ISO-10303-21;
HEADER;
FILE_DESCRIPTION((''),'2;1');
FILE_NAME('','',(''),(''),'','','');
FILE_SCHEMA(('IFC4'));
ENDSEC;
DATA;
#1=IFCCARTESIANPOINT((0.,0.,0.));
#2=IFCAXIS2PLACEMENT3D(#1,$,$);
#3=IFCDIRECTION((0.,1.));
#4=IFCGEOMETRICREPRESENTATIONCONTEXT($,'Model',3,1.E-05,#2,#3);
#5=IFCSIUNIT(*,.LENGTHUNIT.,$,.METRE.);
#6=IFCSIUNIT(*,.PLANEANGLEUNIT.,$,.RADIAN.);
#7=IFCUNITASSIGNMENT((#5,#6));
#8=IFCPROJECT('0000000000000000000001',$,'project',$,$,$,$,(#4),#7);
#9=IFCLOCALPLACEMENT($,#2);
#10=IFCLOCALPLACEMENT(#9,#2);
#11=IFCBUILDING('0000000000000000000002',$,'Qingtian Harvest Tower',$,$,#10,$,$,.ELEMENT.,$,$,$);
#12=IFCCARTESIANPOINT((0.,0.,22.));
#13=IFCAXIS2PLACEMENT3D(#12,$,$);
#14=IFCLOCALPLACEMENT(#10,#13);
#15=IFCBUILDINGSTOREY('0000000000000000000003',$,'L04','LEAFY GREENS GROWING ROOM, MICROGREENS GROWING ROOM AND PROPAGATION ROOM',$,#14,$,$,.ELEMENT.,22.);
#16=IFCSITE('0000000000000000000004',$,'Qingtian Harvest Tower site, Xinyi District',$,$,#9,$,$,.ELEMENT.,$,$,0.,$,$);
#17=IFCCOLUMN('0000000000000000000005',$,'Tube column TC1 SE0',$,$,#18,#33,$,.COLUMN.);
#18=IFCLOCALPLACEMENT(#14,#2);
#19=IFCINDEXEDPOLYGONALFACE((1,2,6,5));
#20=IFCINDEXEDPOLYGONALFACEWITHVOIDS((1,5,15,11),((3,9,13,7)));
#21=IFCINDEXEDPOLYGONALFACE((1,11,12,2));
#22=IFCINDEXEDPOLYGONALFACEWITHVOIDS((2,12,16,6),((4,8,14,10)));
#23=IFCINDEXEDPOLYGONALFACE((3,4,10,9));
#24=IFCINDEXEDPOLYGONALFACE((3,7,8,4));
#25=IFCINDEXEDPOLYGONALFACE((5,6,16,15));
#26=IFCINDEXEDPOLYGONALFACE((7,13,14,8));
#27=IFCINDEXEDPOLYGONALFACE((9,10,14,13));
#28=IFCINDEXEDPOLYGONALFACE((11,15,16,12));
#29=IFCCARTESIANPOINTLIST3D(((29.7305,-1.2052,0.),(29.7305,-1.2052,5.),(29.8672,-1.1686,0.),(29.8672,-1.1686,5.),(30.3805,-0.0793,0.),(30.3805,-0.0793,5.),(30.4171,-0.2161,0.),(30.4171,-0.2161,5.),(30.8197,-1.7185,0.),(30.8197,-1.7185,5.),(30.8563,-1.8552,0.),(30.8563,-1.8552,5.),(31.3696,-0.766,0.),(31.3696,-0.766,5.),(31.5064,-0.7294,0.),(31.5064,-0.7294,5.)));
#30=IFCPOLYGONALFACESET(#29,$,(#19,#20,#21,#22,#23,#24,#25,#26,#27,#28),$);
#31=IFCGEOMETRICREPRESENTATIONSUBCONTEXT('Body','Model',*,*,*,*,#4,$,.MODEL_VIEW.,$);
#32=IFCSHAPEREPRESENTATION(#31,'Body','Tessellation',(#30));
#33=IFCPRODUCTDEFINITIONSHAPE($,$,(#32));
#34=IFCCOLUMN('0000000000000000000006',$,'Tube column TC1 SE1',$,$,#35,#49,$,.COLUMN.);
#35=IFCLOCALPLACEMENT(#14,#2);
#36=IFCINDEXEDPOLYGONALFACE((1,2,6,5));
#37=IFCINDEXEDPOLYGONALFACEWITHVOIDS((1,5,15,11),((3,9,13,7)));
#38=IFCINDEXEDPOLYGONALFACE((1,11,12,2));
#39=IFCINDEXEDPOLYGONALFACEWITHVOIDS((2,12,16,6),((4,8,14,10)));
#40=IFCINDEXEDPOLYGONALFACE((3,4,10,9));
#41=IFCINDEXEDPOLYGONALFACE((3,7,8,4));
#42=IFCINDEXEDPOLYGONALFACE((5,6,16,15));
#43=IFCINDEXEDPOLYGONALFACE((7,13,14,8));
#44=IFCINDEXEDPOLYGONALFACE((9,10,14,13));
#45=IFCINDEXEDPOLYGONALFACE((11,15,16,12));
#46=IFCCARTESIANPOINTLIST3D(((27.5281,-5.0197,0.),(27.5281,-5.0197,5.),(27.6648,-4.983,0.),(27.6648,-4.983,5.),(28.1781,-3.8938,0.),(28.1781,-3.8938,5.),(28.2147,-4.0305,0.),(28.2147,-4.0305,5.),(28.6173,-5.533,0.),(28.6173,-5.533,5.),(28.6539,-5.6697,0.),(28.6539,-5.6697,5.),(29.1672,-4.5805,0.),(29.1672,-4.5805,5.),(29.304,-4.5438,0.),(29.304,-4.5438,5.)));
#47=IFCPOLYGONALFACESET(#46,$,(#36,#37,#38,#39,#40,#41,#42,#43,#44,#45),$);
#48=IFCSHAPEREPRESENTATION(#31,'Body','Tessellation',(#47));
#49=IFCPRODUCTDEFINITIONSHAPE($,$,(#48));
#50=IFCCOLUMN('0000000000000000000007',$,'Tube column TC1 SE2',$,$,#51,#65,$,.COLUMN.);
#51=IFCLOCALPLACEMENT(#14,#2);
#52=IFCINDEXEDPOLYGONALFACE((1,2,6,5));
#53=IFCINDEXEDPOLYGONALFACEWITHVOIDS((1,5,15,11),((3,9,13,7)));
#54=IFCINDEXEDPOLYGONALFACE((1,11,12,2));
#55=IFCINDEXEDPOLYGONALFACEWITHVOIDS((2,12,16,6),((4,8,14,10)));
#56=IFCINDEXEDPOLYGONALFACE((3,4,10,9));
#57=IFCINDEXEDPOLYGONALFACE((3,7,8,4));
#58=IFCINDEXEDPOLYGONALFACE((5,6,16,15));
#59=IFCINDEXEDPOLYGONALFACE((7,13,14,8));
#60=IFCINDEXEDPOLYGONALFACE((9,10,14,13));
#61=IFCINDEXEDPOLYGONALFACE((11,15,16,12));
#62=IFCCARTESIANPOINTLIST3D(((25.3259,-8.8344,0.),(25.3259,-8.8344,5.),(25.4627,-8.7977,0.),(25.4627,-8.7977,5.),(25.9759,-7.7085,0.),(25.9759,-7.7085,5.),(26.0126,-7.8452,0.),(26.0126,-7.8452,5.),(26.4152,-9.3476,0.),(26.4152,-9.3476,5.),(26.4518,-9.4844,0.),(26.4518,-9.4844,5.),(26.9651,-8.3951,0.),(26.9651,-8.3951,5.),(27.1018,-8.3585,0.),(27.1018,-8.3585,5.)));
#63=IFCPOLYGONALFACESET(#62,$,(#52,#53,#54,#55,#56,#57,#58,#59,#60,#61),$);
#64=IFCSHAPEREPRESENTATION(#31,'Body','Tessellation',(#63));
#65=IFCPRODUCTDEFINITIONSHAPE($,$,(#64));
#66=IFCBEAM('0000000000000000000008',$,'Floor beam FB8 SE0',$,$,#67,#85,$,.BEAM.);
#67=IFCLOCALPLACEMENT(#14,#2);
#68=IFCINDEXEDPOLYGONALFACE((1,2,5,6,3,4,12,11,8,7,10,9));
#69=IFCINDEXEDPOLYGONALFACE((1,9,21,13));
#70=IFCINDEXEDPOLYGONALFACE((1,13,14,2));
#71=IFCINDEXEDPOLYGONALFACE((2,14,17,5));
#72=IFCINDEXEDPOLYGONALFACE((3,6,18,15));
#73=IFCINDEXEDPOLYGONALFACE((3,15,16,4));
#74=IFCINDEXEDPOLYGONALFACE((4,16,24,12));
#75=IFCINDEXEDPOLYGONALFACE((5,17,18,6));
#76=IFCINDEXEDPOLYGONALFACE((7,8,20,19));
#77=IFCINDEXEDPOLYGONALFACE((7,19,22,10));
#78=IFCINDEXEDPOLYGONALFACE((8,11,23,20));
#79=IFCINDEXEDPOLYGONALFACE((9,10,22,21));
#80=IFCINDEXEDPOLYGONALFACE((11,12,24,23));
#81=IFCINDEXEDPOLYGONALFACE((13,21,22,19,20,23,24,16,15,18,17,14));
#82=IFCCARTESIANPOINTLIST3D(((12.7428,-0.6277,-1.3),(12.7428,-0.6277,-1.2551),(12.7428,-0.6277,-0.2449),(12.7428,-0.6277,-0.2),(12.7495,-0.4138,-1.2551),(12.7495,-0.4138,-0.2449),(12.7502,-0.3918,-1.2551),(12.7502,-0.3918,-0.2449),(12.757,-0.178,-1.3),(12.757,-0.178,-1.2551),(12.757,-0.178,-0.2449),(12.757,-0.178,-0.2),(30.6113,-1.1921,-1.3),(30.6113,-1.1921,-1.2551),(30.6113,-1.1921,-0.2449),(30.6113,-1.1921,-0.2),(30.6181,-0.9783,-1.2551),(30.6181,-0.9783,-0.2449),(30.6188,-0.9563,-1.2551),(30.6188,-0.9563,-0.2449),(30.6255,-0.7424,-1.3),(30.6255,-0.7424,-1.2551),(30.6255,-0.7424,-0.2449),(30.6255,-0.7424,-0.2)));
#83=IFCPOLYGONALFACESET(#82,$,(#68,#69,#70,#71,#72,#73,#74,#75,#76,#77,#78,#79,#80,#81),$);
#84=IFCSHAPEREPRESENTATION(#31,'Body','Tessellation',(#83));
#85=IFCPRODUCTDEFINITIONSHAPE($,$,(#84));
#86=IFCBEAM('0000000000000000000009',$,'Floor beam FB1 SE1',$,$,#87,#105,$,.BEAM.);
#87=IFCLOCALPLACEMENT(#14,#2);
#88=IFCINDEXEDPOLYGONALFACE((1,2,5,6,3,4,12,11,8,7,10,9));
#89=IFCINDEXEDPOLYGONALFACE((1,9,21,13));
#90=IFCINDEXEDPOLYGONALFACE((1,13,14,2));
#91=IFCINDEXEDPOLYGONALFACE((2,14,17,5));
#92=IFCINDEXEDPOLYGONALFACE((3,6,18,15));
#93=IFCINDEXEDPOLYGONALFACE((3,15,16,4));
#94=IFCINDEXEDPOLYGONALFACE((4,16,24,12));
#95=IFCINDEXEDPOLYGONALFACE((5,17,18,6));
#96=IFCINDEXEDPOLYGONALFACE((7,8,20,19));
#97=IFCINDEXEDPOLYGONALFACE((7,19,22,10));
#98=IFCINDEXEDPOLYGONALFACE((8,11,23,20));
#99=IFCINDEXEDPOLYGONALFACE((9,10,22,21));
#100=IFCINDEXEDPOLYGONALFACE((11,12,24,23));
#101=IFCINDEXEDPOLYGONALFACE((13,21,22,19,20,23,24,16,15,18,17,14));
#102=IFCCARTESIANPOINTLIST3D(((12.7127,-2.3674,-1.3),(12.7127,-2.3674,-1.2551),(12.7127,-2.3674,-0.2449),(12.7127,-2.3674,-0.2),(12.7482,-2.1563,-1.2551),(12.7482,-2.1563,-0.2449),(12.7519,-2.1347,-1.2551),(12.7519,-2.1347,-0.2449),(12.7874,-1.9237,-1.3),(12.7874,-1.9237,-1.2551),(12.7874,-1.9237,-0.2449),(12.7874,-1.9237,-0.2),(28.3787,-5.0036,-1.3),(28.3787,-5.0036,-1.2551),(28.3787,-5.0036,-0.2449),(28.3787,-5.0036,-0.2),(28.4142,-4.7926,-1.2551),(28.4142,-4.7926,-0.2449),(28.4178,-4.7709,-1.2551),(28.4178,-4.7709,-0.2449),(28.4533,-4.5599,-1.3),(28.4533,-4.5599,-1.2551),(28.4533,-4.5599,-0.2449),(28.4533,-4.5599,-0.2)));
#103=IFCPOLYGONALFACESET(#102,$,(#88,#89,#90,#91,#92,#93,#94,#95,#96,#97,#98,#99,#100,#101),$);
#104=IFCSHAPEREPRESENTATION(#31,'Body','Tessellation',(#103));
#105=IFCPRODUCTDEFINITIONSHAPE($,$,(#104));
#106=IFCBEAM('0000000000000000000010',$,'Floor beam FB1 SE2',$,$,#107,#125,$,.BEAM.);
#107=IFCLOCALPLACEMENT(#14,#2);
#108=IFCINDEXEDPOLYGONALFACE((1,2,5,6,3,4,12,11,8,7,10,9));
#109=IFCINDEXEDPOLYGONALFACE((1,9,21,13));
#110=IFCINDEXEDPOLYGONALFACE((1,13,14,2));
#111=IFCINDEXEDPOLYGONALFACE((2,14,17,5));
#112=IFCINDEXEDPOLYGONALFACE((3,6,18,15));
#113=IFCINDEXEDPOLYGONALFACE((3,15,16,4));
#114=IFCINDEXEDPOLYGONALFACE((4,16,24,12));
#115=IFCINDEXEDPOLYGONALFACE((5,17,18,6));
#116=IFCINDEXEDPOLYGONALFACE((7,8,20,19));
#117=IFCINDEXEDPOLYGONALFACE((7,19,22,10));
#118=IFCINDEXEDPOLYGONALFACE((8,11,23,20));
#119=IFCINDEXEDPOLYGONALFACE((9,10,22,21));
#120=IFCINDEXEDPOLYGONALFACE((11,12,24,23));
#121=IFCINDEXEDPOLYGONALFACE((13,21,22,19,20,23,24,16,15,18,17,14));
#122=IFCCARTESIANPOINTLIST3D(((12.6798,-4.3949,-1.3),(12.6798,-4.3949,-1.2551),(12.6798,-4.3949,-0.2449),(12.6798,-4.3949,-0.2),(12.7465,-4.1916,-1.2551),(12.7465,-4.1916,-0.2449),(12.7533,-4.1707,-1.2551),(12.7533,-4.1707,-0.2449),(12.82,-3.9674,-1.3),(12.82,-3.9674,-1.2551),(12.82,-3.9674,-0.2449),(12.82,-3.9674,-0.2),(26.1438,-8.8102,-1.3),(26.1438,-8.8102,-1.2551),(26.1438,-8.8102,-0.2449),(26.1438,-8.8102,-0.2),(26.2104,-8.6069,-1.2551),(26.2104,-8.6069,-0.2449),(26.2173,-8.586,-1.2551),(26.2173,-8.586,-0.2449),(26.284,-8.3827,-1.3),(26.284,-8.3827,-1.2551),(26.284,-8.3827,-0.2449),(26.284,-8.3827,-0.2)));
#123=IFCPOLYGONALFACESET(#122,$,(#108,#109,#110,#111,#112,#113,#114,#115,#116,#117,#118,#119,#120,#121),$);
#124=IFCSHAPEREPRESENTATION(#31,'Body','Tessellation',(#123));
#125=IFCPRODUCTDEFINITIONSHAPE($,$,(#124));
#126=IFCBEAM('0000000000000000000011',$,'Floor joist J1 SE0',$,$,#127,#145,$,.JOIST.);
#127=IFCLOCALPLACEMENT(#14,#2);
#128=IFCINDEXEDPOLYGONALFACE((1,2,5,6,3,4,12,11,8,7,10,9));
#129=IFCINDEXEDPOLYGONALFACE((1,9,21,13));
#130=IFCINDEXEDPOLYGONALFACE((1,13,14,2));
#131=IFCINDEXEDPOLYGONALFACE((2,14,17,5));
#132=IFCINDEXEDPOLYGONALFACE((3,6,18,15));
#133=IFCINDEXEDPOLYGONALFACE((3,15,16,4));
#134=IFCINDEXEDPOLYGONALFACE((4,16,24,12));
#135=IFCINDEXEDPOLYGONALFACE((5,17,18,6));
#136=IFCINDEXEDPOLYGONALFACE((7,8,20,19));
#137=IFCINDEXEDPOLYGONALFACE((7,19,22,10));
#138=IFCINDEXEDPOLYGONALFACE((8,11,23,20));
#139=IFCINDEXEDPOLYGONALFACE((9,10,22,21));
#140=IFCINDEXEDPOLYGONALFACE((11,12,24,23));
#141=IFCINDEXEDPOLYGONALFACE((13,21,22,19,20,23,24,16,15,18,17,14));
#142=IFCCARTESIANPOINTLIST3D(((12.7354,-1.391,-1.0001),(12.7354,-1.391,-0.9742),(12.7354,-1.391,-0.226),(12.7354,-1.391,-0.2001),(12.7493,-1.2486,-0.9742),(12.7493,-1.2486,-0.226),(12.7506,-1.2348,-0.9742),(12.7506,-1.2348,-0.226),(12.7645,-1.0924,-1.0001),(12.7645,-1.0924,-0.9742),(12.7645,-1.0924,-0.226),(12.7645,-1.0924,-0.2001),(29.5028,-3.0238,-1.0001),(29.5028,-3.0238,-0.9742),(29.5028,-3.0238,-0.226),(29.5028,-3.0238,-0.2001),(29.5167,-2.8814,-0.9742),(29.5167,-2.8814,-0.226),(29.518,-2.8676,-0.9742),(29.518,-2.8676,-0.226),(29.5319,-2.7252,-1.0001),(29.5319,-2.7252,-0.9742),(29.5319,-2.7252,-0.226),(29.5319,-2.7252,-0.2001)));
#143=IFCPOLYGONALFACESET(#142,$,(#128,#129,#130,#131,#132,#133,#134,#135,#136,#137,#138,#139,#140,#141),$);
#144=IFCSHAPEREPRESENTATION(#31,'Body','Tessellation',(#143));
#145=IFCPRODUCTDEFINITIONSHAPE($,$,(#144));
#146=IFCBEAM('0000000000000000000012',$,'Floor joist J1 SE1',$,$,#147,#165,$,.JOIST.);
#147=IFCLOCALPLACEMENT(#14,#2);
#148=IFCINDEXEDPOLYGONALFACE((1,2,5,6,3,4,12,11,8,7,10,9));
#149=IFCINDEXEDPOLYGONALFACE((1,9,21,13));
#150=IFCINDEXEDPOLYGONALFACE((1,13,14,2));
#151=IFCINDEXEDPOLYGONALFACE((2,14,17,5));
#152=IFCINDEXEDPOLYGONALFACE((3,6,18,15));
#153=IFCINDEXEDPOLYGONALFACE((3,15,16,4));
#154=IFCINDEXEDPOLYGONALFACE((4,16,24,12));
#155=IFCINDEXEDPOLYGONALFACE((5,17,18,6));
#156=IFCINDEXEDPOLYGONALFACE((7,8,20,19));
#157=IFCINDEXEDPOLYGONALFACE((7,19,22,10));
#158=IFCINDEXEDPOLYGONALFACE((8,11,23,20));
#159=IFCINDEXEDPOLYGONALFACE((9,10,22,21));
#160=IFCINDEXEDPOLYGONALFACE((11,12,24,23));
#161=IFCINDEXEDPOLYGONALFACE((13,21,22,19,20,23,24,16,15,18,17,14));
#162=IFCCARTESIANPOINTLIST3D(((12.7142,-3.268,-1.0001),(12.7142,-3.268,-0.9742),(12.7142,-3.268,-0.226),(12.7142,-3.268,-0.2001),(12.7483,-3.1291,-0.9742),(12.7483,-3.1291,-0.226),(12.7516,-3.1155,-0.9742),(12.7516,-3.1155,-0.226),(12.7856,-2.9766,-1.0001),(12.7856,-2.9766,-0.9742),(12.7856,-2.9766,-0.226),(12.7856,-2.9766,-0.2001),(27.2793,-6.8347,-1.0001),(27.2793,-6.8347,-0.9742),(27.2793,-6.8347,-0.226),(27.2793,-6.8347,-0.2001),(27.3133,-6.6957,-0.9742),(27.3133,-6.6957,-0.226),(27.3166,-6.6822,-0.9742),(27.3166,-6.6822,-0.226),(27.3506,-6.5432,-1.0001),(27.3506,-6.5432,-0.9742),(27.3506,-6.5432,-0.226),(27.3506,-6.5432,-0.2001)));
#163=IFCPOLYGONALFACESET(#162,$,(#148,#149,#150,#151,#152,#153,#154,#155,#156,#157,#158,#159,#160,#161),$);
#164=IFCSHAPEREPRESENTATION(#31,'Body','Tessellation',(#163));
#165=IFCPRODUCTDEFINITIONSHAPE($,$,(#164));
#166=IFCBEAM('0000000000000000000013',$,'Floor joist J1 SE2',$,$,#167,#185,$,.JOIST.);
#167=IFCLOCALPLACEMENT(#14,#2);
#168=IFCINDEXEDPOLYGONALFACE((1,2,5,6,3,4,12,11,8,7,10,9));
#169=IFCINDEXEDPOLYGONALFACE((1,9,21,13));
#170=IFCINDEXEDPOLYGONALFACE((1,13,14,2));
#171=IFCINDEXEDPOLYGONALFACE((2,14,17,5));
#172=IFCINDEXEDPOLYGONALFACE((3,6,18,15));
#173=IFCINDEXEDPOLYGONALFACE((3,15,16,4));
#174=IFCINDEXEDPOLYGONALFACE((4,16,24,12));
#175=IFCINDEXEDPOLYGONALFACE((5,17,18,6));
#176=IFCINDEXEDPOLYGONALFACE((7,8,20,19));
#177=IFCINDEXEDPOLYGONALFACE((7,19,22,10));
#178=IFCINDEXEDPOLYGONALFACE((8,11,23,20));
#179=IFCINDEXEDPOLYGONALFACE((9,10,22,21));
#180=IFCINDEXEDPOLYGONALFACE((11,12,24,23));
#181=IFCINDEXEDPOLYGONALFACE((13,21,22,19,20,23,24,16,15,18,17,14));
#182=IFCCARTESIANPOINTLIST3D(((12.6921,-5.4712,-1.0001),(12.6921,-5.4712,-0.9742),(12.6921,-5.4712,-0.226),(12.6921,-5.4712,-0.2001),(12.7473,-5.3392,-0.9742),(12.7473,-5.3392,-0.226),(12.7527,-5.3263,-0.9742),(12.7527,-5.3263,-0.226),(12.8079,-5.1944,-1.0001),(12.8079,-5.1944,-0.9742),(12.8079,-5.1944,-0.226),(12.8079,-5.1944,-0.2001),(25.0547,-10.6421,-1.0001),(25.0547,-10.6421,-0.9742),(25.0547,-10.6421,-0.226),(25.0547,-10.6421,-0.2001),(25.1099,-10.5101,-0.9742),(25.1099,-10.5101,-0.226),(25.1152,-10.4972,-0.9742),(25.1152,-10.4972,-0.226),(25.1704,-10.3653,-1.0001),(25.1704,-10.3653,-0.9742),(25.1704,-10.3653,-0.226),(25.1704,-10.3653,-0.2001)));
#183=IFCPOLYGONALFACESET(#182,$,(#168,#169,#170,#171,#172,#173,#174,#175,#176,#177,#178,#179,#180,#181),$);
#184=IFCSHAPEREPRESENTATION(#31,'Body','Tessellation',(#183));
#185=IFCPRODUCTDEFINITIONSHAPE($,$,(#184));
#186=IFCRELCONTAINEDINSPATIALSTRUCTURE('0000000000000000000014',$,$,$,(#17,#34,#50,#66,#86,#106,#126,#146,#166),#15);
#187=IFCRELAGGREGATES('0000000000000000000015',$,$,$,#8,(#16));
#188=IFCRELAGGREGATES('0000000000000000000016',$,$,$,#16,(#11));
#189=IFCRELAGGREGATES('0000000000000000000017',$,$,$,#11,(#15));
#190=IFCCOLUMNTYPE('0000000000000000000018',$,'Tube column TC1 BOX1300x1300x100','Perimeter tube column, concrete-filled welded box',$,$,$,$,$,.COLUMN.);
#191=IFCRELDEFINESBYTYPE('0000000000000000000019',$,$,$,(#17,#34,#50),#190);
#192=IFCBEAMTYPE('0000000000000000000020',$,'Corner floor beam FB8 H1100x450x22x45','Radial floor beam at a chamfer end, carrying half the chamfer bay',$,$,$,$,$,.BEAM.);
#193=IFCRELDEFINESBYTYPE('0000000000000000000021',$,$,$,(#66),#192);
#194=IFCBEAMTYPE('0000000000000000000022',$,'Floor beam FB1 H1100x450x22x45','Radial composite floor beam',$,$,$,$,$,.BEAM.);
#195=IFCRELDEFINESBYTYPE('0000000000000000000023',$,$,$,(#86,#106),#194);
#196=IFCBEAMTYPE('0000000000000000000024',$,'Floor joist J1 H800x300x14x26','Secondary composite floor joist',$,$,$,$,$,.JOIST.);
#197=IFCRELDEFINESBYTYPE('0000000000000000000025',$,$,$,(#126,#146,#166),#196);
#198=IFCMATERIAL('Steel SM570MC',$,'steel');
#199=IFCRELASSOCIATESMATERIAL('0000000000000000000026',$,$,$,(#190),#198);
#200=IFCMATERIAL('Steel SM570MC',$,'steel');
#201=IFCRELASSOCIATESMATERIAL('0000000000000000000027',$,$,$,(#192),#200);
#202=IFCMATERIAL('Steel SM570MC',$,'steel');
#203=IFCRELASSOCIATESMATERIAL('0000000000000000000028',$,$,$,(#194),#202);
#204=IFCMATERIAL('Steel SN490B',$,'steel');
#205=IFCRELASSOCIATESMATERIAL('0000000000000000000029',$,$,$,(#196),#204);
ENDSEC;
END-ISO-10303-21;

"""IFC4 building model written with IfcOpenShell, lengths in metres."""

from ifc_helpers import new_model, si_unit, direction, frame, origin, origin_2d, place, context, subcontext, project, spatial, hollow_rectangle, i_section, extrude, material, material_profile, profile_set, type_object, element, save


model = new_model("IFC4")

# Units and contexts
model_context = context("Model", 3, precision=1e-05, world=origin(), true_north=direction((0.0, 1.0)))
body_context = subcontext(model_context, "Body", "Model", "MODEL_VIEW")
ifc_project = project(units=[si_unit("LENGTHUNIT", "METRE"), si_unit("PLANEANGLEUNIT", "RADIAN")], contexts=[model_context])

# Site, building, storey
site_placement = place(None, origin())
site = spatial("IfcSite", under=ifc_project, at=site_placement, Name="Qingtian Harvest Tower site, Xinyi District", CompositionType="ELEMENT", RefElevation=0.0)
building_placement = place(site_placement, origin())
building = spatial("IfcBuilding", under=site, at=building_placement, Name="Qingtian Harvest Tower", CompositionType="ELEMENT")
storey_placement = place(building_placement, frame((0.0, 0.0, 22.0)))
storey = spatial("IfcBuildingStorey", under=building, at=storey_placement, Name="L04", Description="LEAFY GREENS GROWING ROOM, MICROGREENS GROWING ROOM AND PROPAGATION ROOM", CompositionType="ELEMENT", Elevation=22.0)

# Columns
ifc_material_1 = material(Name="Steel SM570MC", Category="steel")
ifc_material_profile_1 = material_profile(ifc_material_1, hollow_rectangle(XDim=1.3, YDim=1.3, WallThickness=0.1001, at=origin_2d()), Name="BOX1300x1300x100")
ifc_profile_set_1 = profile_set([ifc_material_profile_1], Name="Steel SM570MC")
column_type = type_object("IfcColumnType", Name="Tube column TC1 BOX1300x1300x100", Description="Perimeter tube column, concrete-filled welded box", PredefinedType="COLUMN", material=ifc_profile_set_1)
for number, where, z_axis, x_axis, name in (
    (1, (30.6184, -0.9673, 0.0), (0.0, 0.0, 1.0), (0.5, 0.866025, 0.0), "Tube column TC1 SE0"),
    (2, (28.416, -4.7817, 0.0), (0.0, 0.0, 1.0), (0.5, 0.866025, 0.0), "Tube column TC1 SE1"),
    (3, (26.2139, -8.5964, 0.0), (0.0, 0.0, 1.0), (0.5, 0.866025, 0.0), "Tube column TC1 SE2"),
):
    element("IfcColumn", number, at=place(storey_placement, frame(where, z_axis=z_axis, x_axis=x_axis)), inside=storey, type_object=column_type, Name=name, PredefinedType="COLUMN", context=body_context, shape_type="SweptSolid", body=[
        extrude(hollow_rectangle(XDim=1.3, YDim=1.3, WallThickness=0.1001, at=origin_2d()), origin(), (0.0, 0.0, 1.0), 5.0),
    ])

# Beams
ifc_material_2 = material(Name="Steel SM570MC", Category="steel")
ifc_material_profile_2 = material_profile(ifc_material_2, i_section(OverallWidth=0.45, OverallDepth=1.1001, WebThickness=0.022, FlangeThickness=0.0449, at=origin_2d()), Name="H1100x450x22x45")
ifc_profile_set_2 = profile_set([ifc_material_profile_2], Name="Steel SM570MC")
beam_type_1 = type_object("IfcBeamType", Name="Corner floor beam FB8 H1100x450x22x45", Description="Radial floor beam at a chamfer end, carrying half the chamfer bay", PredefinedType="BEAM", material=ifc_profile_set_2)
beam_1_placement = place(storey_placement, frame((30.6184, -0.9673, -0.75), z_axis=(-0.999501, 0.031574, 0.0), x_axis=(-0.031574, -0.999501, 0.0)))
element("IfcBeam", 4, at=beam_1_placement, inside=storey, type_object=beam_type_1, Name="Floor beam FB8 SE0", PredefinedType="BEAM", context=body_context, shape_type="SweptSolid", body=[
    extrude(i_section(OverallWidth=0.45, OverallDepth=1.1001, WebThickness=0.022, FlangeThickness=0.0449, at=origin_2d()), origin(), (0.0, 0.0, 1.0), 17.8774),
])
ifc_material_3 = material(Name="Steel SM570MC", Category="steel")
ifc_material_profile_3 = material_profile(ifc_material_3, i_section(OverallWidth=0.45, OverallDepth=1.1001, WebThickness=0.022, FlangeThickness=0.0449, at=origin_2d()), Name="H1100x450x22x45")
ifc_profile_set_3 = profile_set([ifc_material_profile_3], Name="Steel SM570MC")
beam_type_2 = type_object("IfcBeamType", Name="Floor beam FB1 H1100x450x22x45", Description="Radial composite floor beam", PredefinedType="BEAM", material=ifc_profile_set_3)
beam_2_placement = place(storey_placement, frame((28.416, -4.7817, -0.75), z_axis=(-0.986135, 0.165944, 0.0), x_axis=(-0.165944, -0.986135, 0.0)))
element("IfcBeam", 5, at=beam_2_placement, inside=storey, type_object=beam_type_2, Name="Floor beam FB1 SE1", PredefinedType="BEAM", context=body_context, shape_type="SweptSolid", body=[
    extrude(i_section(OverallWidth=0.45, OverallDepth=1.1001, WebThickness=0.022, FlangeThickness=0.0449, at=origin_2d()), origin(), (0.0, 0.0, 1.0), 15.8862),
])
beam_3_placement = place(storey_placement, frame((26.2139, -8.5964, -0.75), z_axis=(-0.950211, 0.311608, 0.0), x_axis=(-0.311608, -0.950211, 0.0)))
element("IfcBeam", 6, at=beam_3_placement, inside=storey, type_object=beam_type_2, Name="Floor beam FB1 SE2", PredefinedType="BEAM", context=body_context, shape_type="SweptSolid", body=[
    extrude(i_section(OverallWidth=0.45, OverallDepth=1.1001, WebThickness=0.022, FlangeThickness=0.0449, at=origin_2d()), origin(), (0.0, 0.0, 1.0), 14.1694),
])
ifc_material_4 = material(Name="Steel SN490B", Category="steel")
ifc_material_profile_4 = material_profile(ifc_material_4, i_section(OverallWidth=0.3, OverallDepth=0.8, WebThickness=0.0139, FlangeThickness=0.0259, at=origin_2d()), Name="H800x300x14x26")
ifc_profile_set_4 = profile_set([ifc_material_profile_4], Name="Steel SN490B")
beam_type_3 = type_object("IfcBeamType", Name="Floor joist J1 H800x300x14x26", Description="Secondary composite floor joist", PredefinedType="JOIST", material=ifc_profile_set_4)
beam_4_placement = place(storey_placement, frame((29.5173, -2.8745, -0.6001), z_axis=(-0.995292, 0.096922, 0.0), x_axis=(-0.096922, -0.995292, 0.0)))
element("IfcBeam", 7, at=beam_4_placement, inside=storey, type_object=beam_type_3, Name="Floor joist J1 SE0", PredefinedType="JOIST", context=body_context, shape_type="SweptSolid", body=[
    extrude(i_section(OverallWidth=0.3, OverallDepth=0.8, WebThickness=0.0139, FlangeThickness=0.0259, at=origin_2d()), origin(), (0.0, 0.0, 1.0), 16.8467),
])
beam_5_placement = place(storey_placement, frame((27.3149, -6.689, -0.6001), z_axis=(-0.971302, 0.237851, 0.0), x_axis=(-0.237851, -0.971302, 0.0)))
element("IfcBeam", 8, at=beam_5_placement, inside=storey, type_object=beam_type_3, Name="Floor joist J1 SE1", PredefinedType="JOIST", context=body_context, shape_type="SweptSolid", body=[
    extrude(i_section(OverallWidth=0.3, OverallDepth=0.8, WebThickness=0.0139, FlangeThickness=0.0259, at=origin_2d()), origin(), (0.0, 0.0, 1.0), 14.9954),
])
beam_6_placement = place(storey_placement, frame((25.1125, -10.5037, -0.6001), z_axis=(-0.922551, 0.385876, 0.0), x_axis=(-0.385876, -0.922551, 0.0)))
element("IfcBeam", 9, at=beam_6_placement, inside=storey, type_object=beam_type_3, Name="Floor joist J1 SE2", PredefinedType="JOIST", context=body_context, shape_type="SweptSolid", body=[
    extrude(i_section(OverallWidth=0.3, OverallDepth=0.8, WebThickness=0.0139, FlangeThickness=0.0259, at=origin_2d()), origin(), (0.0, 0.0, 1.0), 13.4004),
])

save(model, "model.ifc")
